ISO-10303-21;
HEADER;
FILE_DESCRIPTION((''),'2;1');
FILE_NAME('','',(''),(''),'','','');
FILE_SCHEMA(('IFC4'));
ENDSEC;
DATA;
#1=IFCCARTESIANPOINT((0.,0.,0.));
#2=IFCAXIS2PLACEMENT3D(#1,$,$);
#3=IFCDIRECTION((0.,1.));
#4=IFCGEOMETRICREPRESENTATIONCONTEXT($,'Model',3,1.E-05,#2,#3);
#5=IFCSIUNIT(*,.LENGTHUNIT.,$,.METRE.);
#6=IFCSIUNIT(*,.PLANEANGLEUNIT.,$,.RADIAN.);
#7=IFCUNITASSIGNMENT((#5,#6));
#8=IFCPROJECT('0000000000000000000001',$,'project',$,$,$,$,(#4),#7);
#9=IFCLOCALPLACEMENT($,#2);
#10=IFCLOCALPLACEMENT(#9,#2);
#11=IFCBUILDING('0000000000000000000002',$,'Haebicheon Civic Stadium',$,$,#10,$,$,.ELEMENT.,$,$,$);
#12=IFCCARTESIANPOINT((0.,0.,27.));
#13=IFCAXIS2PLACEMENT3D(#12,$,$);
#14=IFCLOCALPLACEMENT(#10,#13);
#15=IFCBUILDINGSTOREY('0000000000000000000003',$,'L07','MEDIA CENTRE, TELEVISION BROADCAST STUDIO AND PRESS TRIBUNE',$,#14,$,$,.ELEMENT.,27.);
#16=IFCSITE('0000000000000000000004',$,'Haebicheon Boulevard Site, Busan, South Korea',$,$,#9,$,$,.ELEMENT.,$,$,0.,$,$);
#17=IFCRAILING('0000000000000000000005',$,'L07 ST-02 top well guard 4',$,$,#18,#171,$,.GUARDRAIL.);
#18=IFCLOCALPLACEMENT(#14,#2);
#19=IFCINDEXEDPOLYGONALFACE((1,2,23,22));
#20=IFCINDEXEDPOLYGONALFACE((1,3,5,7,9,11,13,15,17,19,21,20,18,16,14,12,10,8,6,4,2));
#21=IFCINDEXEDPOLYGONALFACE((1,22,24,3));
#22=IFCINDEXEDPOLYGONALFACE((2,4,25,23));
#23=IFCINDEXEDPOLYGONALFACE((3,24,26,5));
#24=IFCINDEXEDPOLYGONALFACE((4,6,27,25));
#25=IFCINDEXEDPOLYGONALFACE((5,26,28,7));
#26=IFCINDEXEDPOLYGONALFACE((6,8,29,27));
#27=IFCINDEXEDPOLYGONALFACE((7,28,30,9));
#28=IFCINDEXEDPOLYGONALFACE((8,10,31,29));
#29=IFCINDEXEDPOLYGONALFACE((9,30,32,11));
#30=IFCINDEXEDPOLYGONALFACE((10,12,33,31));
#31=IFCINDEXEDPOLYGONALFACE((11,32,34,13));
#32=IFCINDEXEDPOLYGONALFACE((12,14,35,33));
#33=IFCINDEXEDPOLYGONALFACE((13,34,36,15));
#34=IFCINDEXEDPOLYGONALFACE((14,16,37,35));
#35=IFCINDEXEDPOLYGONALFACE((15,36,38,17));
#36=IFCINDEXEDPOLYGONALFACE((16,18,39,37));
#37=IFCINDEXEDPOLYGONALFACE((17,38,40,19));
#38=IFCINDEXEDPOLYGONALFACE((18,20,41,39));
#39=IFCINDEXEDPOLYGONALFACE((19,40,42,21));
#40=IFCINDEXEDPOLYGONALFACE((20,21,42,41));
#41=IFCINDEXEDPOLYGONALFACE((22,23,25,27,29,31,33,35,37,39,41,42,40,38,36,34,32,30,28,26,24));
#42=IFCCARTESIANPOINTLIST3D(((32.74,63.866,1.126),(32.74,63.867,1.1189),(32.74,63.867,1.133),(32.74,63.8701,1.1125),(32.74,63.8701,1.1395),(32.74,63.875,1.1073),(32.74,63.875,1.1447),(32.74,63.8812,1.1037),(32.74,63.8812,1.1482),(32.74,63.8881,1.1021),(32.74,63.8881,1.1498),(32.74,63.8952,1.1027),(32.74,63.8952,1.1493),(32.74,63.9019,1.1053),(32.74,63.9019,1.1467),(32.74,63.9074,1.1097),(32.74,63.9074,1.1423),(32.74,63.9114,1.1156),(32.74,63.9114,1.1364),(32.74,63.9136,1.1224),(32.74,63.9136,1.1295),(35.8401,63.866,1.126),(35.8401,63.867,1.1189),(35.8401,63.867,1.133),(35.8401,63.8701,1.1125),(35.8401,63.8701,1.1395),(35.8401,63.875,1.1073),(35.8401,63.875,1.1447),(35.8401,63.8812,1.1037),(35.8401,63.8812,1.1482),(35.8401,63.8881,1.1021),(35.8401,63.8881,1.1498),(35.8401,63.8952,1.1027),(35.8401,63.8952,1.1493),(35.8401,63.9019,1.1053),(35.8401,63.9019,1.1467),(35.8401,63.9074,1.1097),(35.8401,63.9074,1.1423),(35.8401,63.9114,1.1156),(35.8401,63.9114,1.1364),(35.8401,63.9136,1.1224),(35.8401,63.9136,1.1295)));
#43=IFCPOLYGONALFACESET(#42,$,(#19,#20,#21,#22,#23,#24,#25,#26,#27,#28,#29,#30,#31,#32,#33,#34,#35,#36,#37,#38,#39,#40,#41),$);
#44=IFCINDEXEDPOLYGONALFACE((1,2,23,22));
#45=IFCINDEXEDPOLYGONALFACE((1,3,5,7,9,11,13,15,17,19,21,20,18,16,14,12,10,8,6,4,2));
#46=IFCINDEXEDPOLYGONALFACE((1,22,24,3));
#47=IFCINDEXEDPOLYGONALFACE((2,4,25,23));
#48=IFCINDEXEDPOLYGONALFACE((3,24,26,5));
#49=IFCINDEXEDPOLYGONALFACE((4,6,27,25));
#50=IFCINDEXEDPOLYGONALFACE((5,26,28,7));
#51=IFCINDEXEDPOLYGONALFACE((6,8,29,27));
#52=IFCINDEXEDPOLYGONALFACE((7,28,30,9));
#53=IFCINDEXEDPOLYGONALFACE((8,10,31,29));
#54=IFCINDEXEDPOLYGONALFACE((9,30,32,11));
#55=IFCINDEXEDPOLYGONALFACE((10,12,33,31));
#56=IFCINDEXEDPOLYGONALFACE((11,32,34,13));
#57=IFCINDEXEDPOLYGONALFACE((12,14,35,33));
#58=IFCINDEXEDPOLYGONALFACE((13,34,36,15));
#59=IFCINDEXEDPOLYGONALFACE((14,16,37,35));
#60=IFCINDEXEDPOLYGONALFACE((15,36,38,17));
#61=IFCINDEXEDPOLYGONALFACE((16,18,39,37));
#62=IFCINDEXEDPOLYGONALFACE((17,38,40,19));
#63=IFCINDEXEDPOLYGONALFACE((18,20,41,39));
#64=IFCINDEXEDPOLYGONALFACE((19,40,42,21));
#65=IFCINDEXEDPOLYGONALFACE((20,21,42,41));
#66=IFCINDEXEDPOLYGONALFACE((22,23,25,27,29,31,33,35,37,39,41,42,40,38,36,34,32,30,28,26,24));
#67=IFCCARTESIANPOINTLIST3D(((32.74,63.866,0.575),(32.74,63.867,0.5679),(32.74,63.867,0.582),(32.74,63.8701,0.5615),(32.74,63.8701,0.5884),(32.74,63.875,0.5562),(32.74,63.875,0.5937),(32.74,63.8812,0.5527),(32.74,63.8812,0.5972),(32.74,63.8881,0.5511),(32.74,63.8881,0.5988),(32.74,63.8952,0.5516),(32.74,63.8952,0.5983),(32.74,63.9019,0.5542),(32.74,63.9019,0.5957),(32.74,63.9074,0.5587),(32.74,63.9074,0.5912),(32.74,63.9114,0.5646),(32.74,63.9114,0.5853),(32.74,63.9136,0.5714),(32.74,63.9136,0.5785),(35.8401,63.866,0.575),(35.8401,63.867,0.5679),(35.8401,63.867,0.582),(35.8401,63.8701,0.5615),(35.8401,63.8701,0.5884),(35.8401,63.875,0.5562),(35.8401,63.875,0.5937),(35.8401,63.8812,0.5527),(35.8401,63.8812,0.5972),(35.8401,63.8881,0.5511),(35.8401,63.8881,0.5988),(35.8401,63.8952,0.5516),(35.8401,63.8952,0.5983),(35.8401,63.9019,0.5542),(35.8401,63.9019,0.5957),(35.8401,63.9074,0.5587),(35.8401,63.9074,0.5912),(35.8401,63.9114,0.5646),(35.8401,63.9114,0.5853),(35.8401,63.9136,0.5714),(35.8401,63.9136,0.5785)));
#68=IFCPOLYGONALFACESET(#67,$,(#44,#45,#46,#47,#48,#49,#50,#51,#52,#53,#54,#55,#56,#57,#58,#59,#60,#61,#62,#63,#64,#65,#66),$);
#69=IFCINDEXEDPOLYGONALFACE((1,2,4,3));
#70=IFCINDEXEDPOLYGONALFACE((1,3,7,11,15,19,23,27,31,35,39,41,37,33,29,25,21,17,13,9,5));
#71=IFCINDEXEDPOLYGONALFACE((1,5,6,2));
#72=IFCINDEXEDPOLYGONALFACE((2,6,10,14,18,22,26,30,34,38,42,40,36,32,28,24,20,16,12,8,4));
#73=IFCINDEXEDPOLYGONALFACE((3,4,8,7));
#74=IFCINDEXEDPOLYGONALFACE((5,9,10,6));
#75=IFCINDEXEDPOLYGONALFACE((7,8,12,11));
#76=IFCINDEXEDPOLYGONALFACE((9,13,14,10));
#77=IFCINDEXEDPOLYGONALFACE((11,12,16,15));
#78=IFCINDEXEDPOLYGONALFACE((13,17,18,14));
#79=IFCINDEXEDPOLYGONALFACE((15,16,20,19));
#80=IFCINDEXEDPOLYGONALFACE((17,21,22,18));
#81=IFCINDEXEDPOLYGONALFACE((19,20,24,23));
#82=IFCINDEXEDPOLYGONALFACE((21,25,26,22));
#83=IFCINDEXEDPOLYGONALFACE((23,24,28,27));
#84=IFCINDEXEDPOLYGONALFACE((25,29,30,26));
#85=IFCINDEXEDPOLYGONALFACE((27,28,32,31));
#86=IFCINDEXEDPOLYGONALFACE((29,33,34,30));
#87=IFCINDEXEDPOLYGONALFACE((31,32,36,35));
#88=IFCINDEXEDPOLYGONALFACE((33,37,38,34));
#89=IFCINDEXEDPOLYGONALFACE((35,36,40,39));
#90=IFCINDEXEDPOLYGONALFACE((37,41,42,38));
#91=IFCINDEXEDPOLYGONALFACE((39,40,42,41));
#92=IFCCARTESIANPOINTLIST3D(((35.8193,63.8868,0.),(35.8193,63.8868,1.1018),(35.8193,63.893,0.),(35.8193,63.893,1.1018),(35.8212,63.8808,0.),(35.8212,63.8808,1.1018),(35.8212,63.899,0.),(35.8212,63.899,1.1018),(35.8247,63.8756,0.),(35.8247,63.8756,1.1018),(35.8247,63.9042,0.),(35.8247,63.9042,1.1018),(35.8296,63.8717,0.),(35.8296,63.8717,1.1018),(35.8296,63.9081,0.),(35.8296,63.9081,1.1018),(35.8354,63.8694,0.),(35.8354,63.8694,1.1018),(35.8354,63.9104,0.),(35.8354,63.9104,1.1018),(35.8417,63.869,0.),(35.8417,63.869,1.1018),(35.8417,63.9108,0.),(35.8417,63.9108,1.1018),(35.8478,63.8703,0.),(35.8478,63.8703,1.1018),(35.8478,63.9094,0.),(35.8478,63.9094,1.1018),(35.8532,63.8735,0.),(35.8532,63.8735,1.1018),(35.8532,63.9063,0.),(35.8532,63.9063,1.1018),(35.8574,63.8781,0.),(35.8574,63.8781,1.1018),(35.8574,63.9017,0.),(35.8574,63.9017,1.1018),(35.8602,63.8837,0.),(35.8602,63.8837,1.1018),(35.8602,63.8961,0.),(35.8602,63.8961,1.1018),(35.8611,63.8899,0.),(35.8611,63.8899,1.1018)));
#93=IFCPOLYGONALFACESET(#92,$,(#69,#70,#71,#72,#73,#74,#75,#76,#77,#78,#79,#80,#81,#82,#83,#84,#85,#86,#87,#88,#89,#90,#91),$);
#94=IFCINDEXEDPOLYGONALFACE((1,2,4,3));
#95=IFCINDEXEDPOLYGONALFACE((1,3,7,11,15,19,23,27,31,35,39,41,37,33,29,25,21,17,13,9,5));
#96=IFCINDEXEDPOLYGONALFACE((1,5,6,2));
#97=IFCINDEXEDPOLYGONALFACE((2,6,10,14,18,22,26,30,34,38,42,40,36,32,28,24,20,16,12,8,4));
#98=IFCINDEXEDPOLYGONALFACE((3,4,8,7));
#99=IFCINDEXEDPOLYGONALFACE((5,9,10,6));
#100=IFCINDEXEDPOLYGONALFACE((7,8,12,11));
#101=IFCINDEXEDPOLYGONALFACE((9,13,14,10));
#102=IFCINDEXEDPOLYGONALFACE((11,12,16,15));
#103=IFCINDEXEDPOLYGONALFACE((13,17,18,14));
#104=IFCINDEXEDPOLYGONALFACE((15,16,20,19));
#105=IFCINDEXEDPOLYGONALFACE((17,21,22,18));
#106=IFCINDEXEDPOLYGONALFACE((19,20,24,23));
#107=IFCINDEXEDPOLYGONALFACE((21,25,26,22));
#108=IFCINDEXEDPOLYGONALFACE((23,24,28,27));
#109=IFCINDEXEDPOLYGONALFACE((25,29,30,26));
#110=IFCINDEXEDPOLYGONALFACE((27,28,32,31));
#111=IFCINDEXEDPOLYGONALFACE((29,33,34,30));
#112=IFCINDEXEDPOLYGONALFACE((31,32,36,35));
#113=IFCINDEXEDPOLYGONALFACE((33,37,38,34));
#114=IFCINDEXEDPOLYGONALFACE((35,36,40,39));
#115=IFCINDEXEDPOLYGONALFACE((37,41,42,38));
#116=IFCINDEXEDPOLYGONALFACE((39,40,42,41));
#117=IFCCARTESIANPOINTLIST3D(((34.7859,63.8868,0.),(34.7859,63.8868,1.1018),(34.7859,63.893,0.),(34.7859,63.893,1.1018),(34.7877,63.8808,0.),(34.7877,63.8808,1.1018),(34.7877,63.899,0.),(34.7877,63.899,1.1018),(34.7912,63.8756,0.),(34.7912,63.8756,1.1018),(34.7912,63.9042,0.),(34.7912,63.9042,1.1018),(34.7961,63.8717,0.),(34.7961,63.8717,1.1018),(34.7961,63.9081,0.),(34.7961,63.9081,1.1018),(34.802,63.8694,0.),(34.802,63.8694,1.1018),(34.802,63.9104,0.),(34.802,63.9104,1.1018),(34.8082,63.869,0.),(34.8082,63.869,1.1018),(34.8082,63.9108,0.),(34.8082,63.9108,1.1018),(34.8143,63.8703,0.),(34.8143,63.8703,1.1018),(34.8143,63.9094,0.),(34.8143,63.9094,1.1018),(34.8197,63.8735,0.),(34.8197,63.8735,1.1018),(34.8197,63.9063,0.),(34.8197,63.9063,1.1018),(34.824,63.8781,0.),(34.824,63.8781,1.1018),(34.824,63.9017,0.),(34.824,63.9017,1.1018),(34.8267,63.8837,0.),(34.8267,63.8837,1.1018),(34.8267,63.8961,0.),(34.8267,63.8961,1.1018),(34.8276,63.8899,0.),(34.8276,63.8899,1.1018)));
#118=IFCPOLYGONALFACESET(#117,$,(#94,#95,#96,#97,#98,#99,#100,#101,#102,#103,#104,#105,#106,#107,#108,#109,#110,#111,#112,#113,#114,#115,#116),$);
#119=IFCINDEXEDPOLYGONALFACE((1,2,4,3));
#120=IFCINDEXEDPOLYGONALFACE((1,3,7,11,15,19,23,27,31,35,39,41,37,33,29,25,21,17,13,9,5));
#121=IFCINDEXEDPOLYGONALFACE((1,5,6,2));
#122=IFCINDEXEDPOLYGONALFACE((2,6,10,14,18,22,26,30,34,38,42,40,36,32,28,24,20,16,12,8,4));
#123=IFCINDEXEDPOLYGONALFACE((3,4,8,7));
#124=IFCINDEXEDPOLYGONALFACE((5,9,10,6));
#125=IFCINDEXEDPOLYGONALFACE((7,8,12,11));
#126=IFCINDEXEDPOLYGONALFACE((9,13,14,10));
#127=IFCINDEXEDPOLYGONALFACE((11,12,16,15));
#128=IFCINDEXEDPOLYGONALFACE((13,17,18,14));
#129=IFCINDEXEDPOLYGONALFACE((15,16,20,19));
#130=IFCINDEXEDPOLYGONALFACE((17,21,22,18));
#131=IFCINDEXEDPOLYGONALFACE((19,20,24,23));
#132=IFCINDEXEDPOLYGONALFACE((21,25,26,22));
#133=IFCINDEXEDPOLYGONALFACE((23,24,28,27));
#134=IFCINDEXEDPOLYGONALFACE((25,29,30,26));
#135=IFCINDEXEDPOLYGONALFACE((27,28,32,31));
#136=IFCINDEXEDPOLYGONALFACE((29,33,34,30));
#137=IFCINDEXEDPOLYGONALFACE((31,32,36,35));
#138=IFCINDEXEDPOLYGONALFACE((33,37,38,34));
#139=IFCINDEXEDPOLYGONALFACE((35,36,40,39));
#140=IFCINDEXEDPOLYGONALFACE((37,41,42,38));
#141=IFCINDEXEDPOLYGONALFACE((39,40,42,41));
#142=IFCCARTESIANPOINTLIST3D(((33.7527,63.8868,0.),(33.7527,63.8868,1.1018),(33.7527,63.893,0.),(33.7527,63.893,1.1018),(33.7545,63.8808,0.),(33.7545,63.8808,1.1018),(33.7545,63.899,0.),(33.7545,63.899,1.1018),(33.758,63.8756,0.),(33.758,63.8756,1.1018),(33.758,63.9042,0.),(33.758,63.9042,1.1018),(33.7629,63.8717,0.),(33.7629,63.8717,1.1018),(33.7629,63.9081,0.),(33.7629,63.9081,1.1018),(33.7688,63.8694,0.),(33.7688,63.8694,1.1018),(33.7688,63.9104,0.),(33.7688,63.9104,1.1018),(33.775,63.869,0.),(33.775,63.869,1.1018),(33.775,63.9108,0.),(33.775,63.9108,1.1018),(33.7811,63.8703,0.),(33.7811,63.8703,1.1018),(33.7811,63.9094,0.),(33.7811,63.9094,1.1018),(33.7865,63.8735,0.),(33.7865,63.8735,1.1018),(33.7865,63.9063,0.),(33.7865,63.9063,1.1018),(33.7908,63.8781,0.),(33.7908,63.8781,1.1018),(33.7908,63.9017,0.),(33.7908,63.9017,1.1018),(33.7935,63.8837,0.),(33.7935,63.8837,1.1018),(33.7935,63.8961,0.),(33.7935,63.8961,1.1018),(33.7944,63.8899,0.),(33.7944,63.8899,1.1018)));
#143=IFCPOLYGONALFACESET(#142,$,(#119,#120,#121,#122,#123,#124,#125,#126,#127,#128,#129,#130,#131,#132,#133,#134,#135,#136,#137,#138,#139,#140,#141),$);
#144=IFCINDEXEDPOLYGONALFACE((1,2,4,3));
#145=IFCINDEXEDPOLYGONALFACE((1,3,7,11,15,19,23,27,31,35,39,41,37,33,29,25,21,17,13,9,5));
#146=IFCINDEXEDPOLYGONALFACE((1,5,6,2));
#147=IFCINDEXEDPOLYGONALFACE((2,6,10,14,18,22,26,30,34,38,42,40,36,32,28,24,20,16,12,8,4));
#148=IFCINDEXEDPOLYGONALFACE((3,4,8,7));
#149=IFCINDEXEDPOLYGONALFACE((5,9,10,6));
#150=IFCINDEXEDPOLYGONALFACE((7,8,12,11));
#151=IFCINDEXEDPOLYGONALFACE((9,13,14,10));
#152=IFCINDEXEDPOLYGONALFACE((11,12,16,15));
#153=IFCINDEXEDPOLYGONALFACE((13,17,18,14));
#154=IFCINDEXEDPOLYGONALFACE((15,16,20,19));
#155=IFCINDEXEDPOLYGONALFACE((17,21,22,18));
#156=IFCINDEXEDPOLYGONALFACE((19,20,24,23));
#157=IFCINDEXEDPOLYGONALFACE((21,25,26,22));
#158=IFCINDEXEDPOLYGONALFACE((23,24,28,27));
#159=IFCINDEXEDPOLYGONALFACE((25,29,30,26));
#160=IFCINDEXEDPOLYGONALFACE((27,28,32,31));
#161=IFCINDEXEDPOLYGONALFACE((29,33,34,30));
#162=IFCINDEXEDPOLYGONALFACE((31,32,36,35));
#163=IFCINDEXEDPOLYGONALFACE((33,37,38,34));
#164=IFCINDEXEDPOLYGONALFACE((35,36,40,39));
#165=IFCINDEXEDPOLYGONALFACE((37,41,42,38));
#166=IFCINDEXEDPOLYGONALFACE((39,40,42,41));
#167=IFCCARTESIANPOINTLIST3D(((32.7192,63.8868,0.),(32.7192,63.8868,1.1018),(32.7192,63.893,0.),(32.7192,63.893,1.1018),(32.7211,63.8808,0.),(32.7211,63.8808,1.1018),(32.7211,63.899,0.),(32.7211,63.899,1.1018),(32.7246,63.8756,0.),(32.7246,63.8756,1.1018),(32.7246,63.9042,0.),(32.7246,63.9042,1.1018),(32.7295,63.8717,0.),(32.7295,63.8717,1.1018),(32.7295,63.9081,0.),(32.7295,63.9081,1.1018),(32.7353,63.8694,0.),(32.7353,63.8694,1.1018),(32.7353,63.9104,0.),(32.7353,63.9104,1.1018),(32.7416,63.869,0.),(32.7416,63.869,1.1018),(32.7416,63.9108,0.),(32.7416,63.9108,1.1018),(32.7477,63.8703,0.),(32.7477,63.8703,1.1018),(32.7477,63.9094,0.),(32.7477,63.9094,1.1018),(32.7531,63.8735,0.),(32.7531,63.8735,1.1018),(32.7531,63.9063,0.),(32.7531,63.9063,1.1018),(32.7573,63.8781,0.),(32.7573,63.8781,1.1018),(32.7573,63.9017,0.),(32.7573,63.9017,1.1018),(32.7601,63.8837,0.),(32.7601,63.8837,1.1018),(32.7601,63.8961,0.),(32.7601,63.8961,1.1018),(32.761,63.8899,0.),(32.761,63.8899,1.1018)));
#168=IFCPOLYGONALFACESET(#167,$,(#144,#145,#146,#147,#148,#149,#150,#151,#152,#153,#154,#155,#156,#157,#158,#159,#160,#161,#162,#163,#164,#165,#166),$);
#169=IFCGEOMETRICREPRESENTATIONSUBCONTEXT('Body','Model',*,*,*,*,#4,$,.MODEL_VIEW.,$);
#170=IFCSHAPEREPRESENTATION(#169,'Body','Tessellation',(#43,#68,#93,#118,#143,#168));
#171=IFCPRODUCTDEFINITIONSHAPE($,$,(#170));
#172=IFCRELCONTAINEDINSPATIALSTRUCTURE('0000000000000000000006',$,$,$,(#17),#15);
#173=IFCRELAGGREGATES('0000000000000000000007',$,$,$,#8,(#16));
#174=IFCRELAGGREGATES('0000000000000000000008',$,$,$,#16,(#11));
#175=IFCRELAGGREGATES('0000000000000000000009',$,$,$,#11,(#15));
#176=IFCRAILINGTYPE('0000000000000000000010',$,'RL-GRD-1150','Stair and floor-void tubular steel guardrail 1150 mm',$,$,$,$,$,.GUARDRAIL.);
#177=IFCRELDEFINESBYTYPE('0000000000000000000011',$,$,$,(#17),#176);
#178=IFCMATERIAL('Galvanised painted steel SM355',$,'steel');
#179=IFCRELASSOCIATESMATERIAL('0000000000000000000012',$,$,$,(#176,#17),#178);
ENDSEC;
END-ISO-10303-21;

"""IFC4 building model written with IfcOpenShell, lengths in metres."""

from ifc_helpers import new_model, si_unit, direction, frame, origin, origin_2d, place, context, subcontext, project, spatial, circle, extrude, material, type_object, element, save


model = new_model("IFC4")

# Units and contexts
model_context = context("Model", 3, precision=1e-05, world=origin(), true_north=direction((0.0, 1.0)))
body_context = subcontext(model_context, "Body", "Model", "MODEL_VIEW")
ifc_project = project(units=[si_unit("LENGTHUNIT", "METRE"), si_unit("PLANEANGLEUNIT", "RADIAN")], contexts=[model_context])

# Site, building, storey
site_placement = place(None, origin())
site = spatial("IfcSite", under=ifc_project, at=site_placement, Name="Haebicheon Boulevard Site, Busan, South Korea", CompositionType="ELEMENT", RefElevation=0.0)
building_placement = place(site_placement, origin())
building = spatial("IfcBuilding", under=site, at=building_placement, Name="Haebicheon Civic Stadium", CompositionType="ELEMENT")
storey_placement = place(building_placement, frame((0.0, 0.0, 27.0)))
storey = spatial("IfcBuildingStorey", under=building, at=storey_placement, Name="L07", Description="MEDIA CENTRE, TELEVISION BROADCAST STUDIO AND PRESS TRIBUNE", CompositionType="ELEMENT", Elevation=27.0)

# Railing
ifc_material_1 = material(Name="Galvanised painted steel SM355", Category="steel")
railing_type = type_object("IfcRailingType", Name="RL-GRD-1150", Description="Stair and floor-void tubular steel guardrail 1150 mm", PredefinedType="GUARDRAIL", material=ifc_material_1)
railing_1_placement = place(storey_placement, frame((35.8401, 63.8899, 0.0)))
element("IfcRailing", 1, at=railing_1_placement, inside=storey, type_object=railing_type, material=ifc_material_1, Name="L07 ST-02 top well guard 4", PredefinedType="GUARDRAIL", context=body_context, shape_type="SweptSolid", body=[
    extrude(circle(Radius=0.0239, at=origin_2d()), frame((0.0, 0.0, 1.126), z_axis=(-1.0, 0.0, 0.0), x_axis=(0.0, -1.0, 0.0)), (0.0, 0.0, 1.0), 3.1001),
    extrude(circle(Radius=0.0239, at=origin_2d()), frame((0.0, 0.0, 0.575), z_axis=(-1.0, 0.0, 0.0), x_axis=(0.0, -1.0, 0.0)), (0.0, 0.0, 1.0), 3.1001),
    extrude(circle(Radius=0.021, at=origin_2d()), origin(), (0.0, 0.0, 1.0), 1.1018),
    extrude(circle(Radius=0.021, at=origin_2d()), frame((-1.0334, 0.0, 0.0)), (0.0, 0.0, 1.0), 1.1018),
    extrude(circle(Radius=0.021, at=origin_2d()), frame((-2.0667, 0.0, 0.0)), (0.0, 0.0, 1.0), 1.1018),
    extrude(circle(Radius=0.021, at=origin_2d()), frame((-3.1001, 0.0, 0.0)), (0.0, 0.0, 1.0), 1.1018),
])

save(model, "model.ifc")
